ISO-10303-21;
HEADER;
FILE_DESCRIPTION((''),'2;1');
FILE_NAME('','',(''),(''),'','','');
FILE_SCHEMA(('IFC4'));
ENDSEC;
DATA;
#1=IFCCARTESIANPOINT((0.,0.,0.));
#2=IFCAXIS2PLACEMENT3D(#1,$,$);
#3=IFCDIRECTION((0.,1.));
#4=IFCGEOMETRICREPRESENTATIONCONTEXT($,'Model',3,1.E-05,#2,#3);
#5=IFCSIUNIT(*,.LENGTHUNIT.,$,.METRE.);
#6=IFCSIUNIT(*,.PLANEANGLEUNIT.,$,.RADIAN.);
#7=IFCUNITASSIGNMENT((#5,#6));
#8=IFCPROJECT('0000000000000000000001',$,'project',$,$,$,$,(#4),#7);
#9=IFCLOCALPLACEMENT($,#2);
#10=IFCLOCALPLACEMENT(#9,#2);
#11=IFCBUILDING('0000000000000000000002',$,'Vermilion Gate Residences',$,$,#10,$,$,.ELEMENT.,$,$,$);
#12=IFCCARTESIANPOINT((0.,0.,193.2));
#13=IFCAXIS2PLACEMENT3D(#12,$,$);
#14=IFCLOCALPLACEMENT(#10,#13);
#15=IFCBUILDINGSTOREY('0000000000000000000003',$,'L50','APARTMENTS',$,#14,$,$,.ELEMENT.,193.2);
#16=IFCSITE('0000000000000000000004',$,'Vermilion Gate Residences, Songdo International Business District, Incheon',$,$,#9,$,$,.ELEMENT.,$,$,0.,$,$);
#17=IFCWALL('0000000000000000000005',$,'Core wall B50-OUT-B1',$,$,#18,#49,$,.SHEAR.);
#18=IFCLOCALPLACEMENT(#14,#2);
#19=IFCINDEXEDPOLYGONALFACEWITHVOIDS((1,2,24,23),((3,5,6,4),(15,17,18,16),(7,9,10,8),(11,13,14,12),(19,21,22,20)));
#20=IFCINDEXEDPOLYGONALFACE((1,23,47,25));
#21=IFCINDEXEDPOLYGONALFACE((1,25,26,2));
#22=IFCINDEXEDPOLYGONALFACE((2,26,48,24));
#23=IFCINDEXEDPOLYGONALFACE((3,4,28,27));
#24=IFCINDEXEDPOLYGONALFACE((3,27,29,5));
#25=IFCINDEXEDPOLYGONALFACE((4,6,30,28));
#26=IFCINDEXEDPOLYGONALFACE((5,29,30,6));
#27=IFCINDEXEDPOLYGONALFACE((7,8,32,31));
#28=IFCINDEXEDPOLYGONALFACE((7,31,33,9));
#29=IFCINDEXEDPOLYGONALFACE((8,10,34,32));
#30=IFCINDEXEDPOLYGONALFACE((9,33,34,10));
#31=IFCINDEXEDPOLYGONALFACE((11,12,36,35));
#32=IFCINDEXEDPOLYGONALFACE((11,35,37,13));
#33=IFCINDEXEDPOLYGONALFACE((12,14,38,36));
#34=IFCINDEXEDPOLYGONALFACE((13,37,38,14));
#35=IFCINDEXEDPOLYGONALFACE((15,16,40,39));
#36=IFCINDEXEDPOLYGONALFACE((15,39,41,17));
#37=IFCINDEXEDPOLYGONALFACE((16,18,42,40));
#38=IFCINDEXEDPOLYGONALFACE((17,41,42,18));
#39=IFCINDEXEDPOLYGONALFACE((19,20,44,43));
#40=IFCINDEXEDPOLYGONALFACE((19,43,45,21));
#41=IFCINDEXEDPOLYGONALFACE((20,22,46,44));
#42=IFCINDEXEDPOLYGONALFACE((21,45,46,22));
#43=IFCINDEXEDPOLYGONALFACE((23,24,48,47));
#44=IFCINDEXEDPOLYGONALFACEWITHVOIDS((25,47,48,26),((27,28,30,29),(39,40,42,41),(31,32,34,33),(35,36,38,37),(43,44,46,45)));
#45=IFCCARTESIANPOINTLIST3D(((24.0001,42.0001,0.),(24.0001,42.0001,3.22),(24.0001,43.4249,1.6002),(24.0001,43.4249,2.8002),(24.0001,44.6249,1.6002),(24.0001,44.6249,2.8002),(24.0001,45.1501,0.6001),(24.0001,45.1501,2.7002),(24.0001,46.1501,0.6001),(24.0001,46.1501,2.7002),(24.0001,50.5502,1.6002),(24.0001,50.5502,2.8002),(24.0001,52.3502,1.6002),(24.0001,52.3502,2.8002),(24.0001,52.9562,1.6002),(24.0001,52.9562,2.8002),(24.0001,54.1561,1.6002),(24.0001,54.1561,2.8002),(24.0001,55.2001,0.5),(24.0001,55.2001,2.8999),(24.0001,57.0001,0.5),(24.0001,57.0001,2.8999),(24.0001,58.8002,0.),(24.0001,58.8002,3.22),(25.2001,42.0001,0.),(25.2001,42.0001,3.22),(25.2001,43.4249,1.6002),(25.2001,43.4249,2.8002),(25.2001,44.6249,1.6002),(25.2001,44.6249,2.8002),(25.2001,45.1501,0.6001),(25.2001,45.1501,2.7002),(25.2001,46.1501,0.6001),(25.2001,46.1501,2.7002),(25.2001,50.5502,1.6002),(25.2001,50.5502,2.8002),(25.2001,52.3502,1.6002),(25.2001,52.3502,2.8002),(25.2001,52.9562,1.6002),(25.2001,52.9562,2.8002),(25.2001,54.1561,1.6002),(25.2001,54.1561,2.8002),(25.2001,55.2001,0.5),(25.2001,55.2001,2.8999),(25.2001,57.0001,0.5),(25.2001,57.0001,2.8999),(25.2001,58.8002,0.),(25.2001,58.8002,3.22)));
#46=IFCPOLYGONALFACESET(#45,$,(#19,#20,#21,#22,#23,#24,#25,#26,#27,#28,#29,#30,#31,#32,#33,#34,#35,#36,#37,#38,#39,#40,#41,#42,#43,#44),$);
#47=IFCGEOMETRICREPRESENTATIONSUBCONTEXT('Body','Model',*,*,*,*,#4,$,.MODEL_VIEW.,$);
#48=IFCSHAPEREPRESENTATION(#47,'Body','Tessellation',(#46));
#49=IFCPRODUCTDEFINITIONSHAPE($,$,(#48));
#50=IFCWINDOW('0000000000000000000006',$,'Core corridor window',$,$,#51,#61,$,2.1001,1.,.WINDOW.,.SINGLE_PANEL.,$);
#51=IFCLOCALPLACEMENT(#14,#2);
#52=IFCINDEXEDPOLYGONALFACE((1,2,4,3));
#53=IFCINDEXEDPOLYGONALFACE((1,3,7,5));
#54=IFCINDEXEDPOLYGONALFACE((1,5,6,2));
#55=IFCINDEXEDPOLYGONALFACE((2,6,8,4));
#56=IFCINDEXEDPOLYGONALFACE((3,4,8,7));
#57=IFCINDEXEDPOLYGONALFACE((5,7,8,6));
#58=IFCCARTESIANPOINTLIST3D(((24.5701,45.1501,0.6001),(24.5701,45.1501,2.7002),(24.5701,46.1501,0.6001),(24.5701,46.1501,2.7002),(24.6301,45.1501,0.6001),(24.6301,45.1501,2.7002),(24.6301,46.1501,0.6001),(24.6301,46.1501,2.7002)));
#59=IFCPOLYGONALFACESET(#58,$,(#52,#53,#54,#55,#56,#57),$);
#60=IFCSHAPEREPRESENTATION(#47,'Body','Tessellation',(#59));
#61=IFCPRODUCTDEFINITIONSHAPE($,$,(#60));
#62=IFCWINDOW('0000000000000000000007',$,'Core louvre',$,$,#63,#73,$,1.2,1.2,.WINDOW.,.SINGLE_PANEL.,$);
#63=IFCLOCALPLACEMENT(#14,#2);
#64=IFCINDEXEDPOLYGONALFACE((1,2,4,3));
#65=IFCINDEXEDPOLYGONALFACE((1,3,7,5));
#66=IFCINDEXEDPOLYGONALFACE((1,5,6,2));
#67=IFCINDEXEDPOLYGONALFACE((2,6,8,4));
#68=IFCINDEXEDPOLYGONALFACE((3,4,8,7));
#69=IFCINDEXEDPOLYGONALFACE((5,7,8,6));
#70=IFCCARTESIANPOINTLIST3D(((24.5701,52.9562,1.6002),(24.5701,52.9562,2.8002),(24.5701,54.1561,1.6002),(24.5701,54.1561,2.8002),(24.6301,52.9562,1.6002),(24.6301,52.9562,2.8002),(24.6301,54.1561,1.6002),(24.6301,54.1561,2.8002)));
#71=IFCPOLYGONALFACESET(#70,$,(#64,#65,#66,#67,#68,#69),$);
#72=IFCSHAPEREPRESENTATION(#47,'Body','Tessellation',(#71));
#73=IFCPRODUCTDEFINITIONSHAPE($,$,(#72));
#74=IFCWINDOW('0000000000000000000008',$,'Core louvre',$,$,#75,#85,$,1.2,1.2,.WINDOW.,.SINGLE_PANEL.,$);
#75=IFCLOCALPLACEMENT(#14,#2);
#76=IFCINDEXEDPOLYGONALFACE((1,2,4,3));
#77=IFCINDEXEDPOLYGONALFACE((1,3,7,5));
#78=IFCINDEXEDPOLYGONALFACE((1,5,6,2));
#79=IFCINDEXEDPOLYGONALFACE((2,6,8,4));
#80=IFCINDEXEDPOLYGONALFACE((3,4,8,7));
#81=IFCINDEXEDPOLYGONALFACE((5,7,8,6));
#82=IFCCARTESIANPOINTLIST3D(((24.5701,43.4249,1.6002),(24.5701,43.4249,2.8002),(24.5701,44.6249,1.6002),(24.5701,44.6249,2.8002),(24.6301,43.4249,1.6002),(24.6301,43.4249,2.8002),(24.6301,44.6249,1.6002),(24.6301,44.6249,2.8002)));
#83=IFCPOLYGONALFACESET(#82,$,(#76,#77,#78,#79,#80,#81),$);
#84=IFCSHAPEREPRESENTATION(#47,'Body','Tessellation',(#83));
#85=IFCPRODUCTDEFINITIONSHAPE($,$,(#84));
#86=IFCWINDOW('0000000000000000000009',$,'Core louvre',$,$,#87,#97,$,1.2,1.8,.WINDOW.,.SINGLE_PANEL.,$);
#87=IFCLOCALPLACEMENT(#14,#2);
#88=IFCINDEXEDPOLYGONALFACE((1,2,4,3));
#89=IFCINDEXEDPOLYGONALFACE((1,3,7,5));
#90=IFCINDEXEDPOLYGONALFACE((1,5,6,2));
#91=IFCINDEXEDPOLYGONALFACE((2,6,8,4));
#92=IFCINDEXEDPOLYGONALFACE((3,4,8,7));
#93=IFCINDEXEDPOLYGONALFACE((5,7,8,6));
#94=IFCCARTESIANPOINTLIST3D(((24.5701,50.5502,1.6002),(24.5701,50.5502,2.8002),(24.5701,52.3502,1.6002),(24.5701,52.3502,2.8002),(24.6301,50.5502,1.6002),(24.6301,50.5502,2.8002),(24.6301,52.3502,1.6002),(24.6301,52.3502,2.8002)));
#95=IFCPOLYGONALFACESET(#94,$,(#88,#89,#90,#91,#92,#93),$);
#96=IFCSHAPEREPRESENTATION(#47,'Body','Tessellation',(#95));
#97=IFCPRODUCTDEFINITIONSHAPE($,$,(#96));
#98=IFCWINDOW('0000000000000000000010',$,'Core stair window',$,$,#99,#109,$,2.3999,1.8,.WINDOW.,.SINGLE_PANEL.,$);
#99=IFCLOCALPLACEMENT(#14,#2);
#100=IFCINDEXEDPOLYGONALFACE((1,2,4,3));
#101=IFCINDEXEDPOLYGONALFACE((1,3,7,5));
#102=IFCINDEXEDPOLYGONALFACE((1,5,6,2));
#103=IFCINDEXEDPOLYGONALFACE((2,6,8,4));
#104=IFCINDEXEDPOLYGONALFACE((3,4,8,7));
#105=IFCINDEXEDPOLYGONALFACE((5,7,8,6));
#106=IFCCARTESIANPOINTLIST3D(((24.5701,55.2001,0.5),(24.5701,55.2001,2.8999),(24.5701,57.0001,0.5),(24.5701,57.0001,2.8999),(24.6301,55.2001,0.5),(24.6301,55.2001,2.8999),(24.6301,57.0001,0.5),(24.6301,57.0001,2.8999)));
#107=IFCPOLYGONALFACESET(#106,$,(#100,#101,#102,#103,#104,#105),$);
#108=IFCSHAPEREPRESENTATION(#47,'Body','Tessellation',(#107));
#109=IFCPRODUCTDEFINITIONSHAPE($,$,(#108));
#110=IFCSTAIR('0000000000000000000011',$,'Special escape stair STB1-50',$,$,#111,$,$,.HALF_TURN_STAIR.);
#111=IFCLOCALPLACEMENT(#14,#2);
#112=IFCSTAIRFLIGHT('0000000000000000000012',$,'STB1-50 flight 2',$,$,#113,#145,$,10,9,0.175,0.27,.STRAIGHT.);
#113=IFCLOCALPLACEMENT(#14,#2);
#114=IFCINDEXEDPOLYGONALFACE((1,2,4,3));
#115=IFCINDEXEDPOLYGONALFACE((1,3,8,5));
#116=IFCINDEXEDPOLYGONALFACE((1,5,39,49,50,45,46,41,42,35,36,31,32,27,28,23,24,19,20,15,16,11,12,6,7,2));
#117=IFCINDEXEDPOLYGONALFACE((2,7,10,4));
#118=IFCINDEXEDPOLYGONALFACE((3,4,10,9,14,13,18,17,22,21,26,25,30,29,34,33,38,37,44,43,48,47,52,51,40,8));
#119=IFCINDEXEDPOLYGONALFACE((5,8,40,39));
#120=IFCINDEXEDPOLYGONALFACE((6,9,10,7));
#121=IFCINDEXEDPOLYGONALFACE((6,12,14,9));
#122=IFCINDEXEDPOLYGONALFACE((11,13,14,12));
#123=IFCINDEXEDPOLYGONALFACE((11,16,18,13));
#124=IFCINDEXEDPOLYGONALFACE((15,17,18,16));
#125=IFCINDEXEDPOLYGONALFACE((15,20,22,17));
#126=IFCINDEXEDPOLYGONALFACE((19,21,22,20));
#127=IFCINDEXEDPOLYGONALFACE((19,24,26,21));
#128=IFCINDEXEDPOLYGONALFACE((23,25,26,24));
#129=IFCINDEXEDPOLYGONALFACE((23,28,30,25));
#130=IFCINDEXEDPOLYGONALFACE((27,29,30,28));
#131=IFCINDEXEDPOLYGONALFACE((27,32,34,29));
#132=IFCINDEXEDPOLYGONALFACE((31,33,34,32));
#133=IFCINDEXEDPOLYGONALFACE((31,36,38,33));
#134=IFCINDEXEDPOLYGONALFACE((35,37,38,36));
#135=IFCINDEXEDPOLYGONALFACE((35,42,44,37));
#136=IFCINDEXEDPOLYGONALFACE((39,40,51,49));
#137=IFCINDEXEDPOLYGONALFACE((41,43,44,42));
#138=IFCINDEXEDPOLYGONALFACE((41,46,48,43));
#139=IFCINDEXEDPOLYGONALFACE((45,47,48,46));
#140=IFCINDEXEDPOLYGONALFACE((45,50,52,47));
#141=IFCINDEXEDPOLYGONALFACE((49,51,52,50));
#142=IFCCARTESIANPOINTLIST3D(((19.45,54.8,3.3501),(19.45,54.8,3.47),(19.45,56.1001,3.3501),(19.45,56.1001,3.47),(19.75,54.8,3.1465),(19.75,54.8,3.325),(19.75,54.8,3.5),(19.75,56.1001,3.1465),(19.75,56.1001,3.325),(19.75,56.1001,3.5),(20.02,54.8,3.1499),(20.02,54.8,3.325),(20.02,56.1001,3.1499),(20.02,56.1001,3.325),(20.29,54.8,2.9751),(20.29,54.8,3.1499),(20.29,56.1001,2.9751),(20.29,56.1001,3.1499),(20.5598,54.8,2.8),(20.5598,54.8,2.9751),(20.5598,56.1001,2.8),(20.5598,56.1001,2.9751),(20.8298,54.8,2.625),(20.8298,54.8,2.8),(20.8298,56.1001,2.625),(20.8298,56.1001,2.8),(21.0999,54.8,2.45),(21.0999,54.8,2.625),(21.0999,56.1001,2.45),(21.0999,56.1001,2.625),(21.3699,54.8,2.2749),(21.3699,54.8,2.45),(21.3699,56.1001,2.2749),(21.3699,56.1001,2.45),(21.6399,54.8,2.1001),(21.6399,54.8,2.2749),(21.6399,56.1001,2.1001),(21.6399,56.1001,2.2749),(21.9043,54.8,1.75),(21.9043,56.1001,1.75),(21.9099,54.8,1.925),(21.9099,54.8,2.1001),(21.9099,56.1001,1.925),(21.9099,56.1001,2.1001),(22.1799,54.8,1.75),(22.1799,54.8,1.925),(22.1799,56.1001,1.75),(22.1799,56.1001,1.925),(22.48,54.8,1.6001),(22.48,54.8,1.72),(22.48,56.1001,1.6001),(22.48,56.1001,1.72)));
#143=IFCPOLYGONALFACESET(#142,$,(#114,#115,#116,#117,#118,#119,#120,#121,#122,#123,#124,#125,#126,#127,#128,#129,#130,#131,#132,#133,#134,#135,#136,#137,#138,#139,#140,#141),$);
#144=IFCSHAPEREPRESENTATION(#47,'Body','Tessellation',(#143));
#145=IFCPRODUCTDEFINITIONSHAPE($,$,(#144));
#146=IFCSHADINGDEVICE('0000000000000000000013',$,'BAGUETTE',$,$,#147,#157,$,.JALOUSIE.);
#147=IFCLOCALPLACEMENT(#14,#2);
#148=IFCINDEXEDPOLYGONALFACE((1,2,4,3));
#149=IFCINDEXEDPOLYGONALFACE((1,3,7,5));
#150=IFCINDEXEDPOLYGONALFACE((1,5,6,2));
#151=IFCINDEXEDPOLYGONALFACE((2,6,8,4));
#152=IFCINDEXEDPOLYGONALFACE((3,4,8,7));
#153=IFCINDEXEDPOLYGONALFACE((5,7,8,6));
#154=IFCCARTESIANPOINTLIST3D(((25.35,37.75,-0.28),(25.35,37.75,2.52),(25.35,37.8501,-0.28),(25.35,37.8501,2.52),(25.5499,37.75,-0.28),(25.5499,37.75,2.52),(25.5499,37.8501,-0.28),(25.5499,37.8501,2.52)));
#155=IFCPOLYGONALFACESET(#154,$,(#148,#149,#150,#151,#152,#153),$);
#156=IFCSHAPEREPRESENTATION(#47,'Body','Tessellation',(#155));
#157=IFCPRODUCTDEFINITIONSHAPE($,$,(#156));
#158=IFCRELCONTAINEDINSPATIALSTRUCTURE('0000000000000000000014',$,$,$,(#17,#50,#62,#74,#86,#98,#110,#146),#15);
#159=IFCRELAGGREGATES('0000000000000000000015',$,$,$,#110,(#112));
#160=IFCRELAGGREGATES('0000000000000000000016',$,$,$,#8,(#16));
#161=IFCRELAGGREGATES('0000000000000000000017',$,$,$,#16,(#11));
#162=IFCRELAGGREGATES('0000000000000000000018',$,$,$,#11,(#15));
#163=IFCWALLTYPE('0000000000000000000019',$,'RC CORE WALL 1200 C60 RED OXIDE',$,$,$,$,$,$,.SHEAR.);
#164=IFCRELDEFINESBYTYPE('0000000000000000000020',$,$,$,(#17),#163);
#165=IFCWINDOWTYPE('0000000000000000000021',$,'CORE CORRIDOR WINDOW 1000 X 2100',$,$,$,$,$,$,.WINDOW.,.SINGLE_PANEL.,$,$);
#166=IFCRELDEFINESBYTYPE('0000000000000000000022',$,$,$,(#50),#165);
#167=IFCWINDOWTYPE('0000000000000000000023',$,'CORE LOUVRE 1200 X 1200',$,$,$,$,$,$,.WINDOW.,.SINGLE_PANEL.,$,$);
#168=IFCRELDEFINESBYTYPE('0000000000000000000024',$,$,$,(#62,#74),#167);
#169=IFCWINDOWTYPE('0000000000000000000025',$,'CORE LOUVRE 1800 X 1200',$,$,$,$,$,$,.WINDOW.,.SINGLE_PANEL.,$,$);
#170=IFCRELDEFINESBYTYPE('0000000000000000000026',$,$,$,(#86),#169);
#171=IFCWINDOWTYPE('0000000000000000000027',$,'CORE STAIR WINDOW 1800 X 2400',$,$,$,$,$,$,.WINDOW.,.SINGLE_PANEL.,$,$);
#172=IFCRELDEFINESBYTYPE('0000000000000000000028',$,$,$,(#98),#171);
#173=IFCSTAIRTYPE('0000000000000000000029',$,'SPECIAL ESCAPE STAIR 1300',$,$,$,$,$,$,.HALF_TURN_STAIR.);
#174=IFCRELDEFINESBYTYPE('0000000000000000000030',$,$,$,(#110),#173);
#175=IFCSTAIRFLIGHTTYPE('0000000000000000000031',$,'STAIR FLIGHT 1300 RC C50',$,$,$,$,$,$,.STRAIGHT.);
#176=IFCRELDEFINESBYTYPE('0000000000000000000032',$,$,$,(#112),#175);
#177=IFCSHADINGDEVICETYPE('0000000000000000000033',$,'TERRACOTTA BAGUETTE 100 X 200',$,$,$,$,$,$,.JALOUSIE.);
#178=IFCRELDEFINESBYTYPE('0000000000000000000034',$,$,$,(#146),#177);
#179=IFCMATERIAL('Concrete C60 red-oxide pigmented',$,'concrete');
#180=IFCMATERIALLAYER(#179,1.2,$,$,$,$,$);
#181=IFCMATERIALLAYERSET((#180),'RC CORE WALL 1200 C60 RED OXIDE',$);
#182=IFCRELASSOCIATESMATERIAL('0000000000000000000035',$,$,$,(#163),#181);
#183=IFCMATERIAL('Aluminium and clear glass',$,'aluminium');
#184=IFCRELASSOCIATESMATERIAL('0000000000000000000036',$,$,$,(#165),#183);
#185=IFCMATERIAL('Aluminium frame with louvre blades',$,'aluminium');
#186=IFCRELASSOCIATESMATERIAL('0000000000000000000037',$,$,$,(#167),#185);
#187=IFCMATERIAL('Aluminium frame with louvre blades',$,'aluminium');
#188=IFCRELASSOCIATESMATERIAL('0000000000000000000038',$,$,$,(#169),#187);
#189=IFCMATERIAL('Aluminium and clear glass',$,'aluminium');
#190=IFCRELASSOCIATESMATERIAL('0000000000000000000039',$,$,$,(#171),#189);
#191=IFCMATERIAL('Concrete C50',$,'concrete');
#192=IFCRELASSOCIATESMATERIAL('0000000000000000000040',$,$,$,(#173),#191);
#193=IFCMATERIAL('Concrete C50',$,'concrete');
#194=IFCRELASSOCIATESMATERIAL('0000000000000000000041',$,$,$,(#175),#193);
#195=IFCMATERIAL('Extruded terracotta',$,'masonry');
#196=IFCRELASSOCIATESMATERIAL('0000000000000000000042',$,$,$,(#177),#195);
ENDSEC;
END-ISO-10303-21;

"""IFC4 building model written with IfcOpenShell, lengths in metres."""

from ifc_helpers import new_model, si_unit, direction, frame, frame_2d, origin, origin_2d, place, context, subcontext, project, spatial, polyline, rectangle, outline, extrude, material, layer, layer_set, material_profile, profile_set, type_object, element, fill, aggregate, save


model = new_model("IFC4")

# Units and contexts
model_context = context("Model", 3, precision=1e-05, world=origin(), true_north=direction((0.0, 1.0)))
body_context = subcontext(model_context, "Body", "Model", "MODEL_VIEW")
ifc_project = project(units=[si_unit("LENGTHUNIT", "METRE"), si_unit("PLANEANGLEUNIT", "RADIAN")], contexts=[model_context])

# Site, building, storey
site_placement = place(None, origin())
site = spatial("IfcSite", under=ifc_project, at=site_placement, Name="Vermilion Gate Residences, Songdo International Business District, Incheon", CompositionType="ELEMENT", RefElevation=0.0)
building_placement = place(site_placement, origin())
building = spatial("IfcBuilding", under=site, at=building_placement, Name="Vermilion Gate Residences", CompositionType="ELEMENT")
storey_placement = place(building_placement, frame((0.0, 0.0, 193.2)))
storey = spatial("IfcBuildingStorey", under=building, at=storey_placement, Name="L50", Description="APARTMENTS", CompositionType="ELEMENT", Elevation=193.2)

# Wall, openings, windows
ifc_material_1 = material(Name="Concrete C60 red-oxide pigmented", Category="concrete")
ifc_layer_1 = layer(ifc_material_1, 1.2)
ifc_layer_set_1 = layer_set([ifc_layer_1], Name="RC CORE WALL 1200 C60 RED OXIDE")
wall_type_1 = type_object("IfcWallType", Name="RC CORE WALL 1200 C60 RED OXIDE", PredefinedType="SHEAR", material=ifc_layer_set_1)
wall_1_placement = place(storey_placement, frame((24.6001, 58.8, 0.0), z_axis=(0.0, 0.0, 1.0), x_axis=(0.0, -1.0, 0.0)))
wall_1 = element("IfcWall", 1, at=wall_1_placement, inside=storey, type_object=wall_type_1, Name="Core wall B50-OUT-B1", PredefinedType="SHEAR", context=body_context, shape_type="SweptSolid", body=[
    extrude(rectangle(XDim=16.8, YDim=1.2, at=frame_2d((8.3999, 0.0))), origin(), (0.0, 0.0, 1.0), 3.22),
])
opening_1_placement = place(wall_1_placement, frame((1.8, 0.0, 0.5)))
opening_1 = element("IfcOpeningElement", 2, at=opening_1_placement, cuts=wall_1, PredefinedType="OPENING", context=body_context, shape_type="SweptSolid", body=[
    extrude(rectangle(XDim=1.8, YDim=2.3999, at=frame_2d((0.8999, 1.2))), frame((0.0, 0.6099, 0.0), z_axis=(0.0, -1.0, 0.0), x_axis=(1.0, 0.0, 0.0)), (0.0, 0.0, 1.0), 1.22),
])
opening_2_placement = place(wall_1_placement, frame((4.6438, 0.0, 1.6001)))
opening_2 = element("IfcOpeningElement", 3, at=opening_2_placement, cuts=wall_1, PredefinedType="OPENING", context=body_context, shape_type="SweptSolid", body=[
    extrude(rectangle(XDim=1.2, YDim=1.2, at=frame_2d((0.6001, 0.6001))), frame((0.0, 0.6099, 0.0), z_axis=(0.0, -1.0, 0.0), x_axis=(1.0, 0.0, 0.0)), (0.0, 0.0, 1.0), 1.22),
])
opening_3_placement = place(wall_1_placement, frame((6.45, 0.0, 1.6001)))
opening_3 = element("IfcOpeningElement", 4, at=opening_3_placement, cuts=wall_1, PredefinedType="OPENING", context=body_context, shape_type="SweptSolid", body=[
    extrude(rectangle(XDim=1.8, YDim=1.2, at=frame_2d((0.8999, 0.6001))), frame((0.0, 0.6099, 0.0), z_axis=(0.0, -1.0, 0.0), x_axis=(1.0, 0.0, 0.0)), (0.0, 0.0, 1.0), 1.22),
])
opening_4_placement = place(wall_1_placement, frame((12.6499, 0.0, 0.6001)))
opening_4 = element("IfcOpeningElement", 5, at=opening_4_placement, cuts=wall_1, PredefinedType="OPENING", context=body_context, shape_type="SweptSolid", body=[
    extrude(rectangle(XDim=1.0, YDim=2.1001, at=frame_2d((0.5, 1.05))), frame((0.0, 0.6099, 0.0), z_axis=(0.0, -1.0, 0.0), x_axis=(1.0, 0.0, 0.0)), (0.0, 0.0, 1.0), 1.22),
])
opening_5_placement = place(wall_1_placement, frame((14.175, 0.0, 1.6001)))
opening_5 = element("IfcOpeningElement", 6, at=opening_5_placement, cuts=wall_1, PredefinedType="OPENING", context=body_context, shape_type="SweptSolid", body=[
    extrude(rectangle(XDim=1.2, YDim=1.2, at=frame_2d((0.6001, 0.6001))), frame((0.0, 0.6099, 0.0), z_axis=(0.0, -1.0, 0.0), x_axis=(1.0, 0.0, 0.0)), (0.0, 0.0, 1.0), 1.22),
])
ifc_material_2 = material(Name="Aluminium and clear glass", Category="aluminium")
window_type_1 = type_object("IfcWindowType", Name="CORE CORRIDOR WINDOW 1000 X 2100", PartitioningType="SINGLE_PANEL", PredefinedType="WINDOW", material=ifc_material_2)
window_1_placement = place(opening_4_placement, origin())
window_1 = element("IfcWindow", 7, at=window_1_placement, inside=storey, type_object=window_type_1, Name="Core corridor window", OverallHeight=2.1001, OverallWidth=1.0, PartitioningType="SINGLE_PANEL", PredefinedType="WINDOW", context=body_context, shape_type="SweptSolid", body=[
    extrude(rectangle(XDim=1.0, YDim=2.1001, at=frame_2d((0.5, 1.05))), frame((0.0, 0.03, 0.0), z_axis=(0.0, -1.0, 0.0), x_axis=(1.0, 0.0, 0.0)), (0.0, 0.0, 1.0), 0.0601),
])
fill(opening_4, window_1)
ifc_material_3 = material(Name="Aluminium frame with louvre blades", Category="aluminium")
window_type_2 = type_object("IfcWindowType", Name="CORE LOUVRE 1200 X 1200", PartitioningType="SINGLE_PANEL", PredefinedType="WINDOW", material=ifc_material_3)
window_2_placement = place(opening_2_placement, origin())
window_2 = element("IfcWindow", 8, at=window_2_placement, inside=storey, type_object=window_type_2, Name="Core louvre", OverallHeight=1.2, OverallWidth=1.2, PartitioningType="SINGLE_PANEL", PredefinedType="WINDOW", context=body_context, shape_type="SweptSolid", body=[
    extrude(rectangle(XDim=1.2, YDim=1.2, at=frame_2d((0.6001, 0.6001))), frame((0.0, 0.03, 0.0), z_axis=(0.0, -1.0, 0.0), x_axis=(1.0, 0.0, 0.0)), (0.0, 0.0, 1.0), 0.0601),
])
fill(opening_2, window_2)
window_3_placement = place(opening_5_placement, origin())
window_3 = element("IfcWindow", 9, at=window_3_placement, inside=storey, type_object=window_type_2, Name="Core louvre", OverallHeight=1.2, OverallWidth=1.2, PartitioningType="SINGLE_PANEL", PredefinedType="WINDOW", context=body_context, shape_type="SweptSolid", body=[
    extrude(rectangle(XDim=1.2, YDim=1.2, at=frame_2d((0.6001, 0.6001))), frame((0.0, 0.03, 0.0), z_axis=(0.0, -1.0, 0.0), x_axis=(1.0, 0.0, 0.0)), (0.0, 0.0, 1.0), 0.0601),
])
fill(opening_5, window_3)
ifc_material_4 = material(Name="Aluminium frame with louvre blades", Category="aluminium")
window_type_3 = type_object("IfcWindowType", Name="CORE LOUVRE 1800 X 1200", PartitioningType="SINGLE_PANEL", PredefinedType="WINDOW", material=ifc_material_4)
window_4_placement = place(opening_3_placement, origin())
window_4 = element("IfcWindow", 10, at=window_4_placement, inside=storey, type_object=window_type_3, Name="Core louvre", OverallHeight=1.2, OverallWidth=1.8, PartitioningType="SINGLE_PANEL", PredefinedType="WINDOW", context=body_context, shape_type="SweptSolid", body=[
    extrude(rectangle(XDim=1.8, YDim=1.2, at=frame_2d((0.8999, 0.6001))), frame((0.0, 0.03, 0.0), z_axis=(0.0, -1.0, 0.0), x_axis=(1.0, 0.0, 0.0)), (0.0, 0.0, 1.0), 0.0601),
])
fill(opening_3, window_4)
ifc_material_5 = material(Name="Aluminium and clear glass", Category="aluminium")
window_type_4 = type_object("IfcWindowType", Name="CORE STAIR WINDOW 1800 X 2400", PartitioningType="SINGLE_PANEL", PredefinedType="WINDOW", material=ifc_material_5)
window_5_placement = place(opening_1_placement, origin())
window_5 = element("IfcWindow", 11, at=window_5_placement, inside=storey, type_object=window_type_4, Name="Core stair window", OverallHeight=2.3999, OverallWidth=1.8, PartitioningType="SINGLE_PANEL", PredefinedType="WINDOW", context=body_context, shape_type="SweptSolid", body=[
    extrude(rectangle(XDim=1.8, YDim=2.3999, at=frame_2d((0.8999, 1.2))), frame((0.0, 0.03, 0.0), z_axis=(0.0, -1.0, 0.0), x_axis=(1.0, 0.0, 0.0)), (0.0, 0.0, 1.0), 0.0601),
])
fill(opening_1, window_5)

# Stair, stair flight
ifc_material_6 = material(Name="Concrete C50", Category="concrete")
stair_type = type_object("IfcStairType", Name="SPECIAL ESCAPE STAIR 1300", PredefinedType="HALF_TURN_STAIR", material=ifc_material_6)
stair_placement = place(storey_placement, origin())
stair = element("IfcStair", 12, at=stair_placement, inside=storey, type_object=stair_type, Name="Special escape stair STB1-50", PredefinedType="HALF_TURN_STAIR")
ifc_material_7 = material(Name="Concrete C50", Category="concrete")
stair_flight_type = type_object("IfcStairFlightType", Name="STAIR FLIGHT 1300 RC C50", PredefinedType="STRAIGHT", material=ifc_material_7)
stair_flight_placement = place(storey_placement, frame((22.1799, 55.45, 1.75), z_axis=(0.0, 0.0, 1.0), x_axis=(-1.0, 0.0, 0.0)))
stair_flight = element("IfcStairFlight", 13, at=stair_flight_placement, type_object=stair_flight_type, Name="STB1-50 flight 2", NumberOfRisers=10, NumberOfTreads=9, PredefinedType="STRAIGHT", RiserHeight=0.175, TreadLength=0.27, context=body_context, shape_type="SweptSolid", body=[
    extrude(outline(polyline([(-0.3, -0.1499), (-0.3, -0.03), (0.0, 0.0), (0.0, 0.175), (0.27, 0.175), (0.27, 0.3501), (0.54, 0.3501), (0.54, 0.5249), (0.8101, 0.5249), (0.8101, 0.7), (1.0801, 0.7), (1.0801, 0.875), (1.3501, 0.875), (1.3501, 1.05), (1.6201, 1.05), (1.6201, 1.2251), (1.8899, 1.2251), (1.8899, 1.3999), (2.1599, 1.3999), (2.1599, 1.575), (2.4299, 1.575), (2.4299, 1.75), (2.73, 1.72), (2.73, 1.6001), (2.4299, 1.3965), (0.2756, 0.0), (-0.3, -0.1499)])), frame((0.0, 0.6499, 0.0), z_axis=(0.0, -1.0, 0.0), x_axis=(1.0, 0.0, 0.0)), (0.0, 0.0, 1.0), 1.3),
])
aggregate(stair, [stair_flight])

# Shading device
ifc_material_8 = material(Name="Extruded terracotta", Category="masonry")
ifc_material_profile_1 = material_profile(ifc_material_8, rectangle(XDim=0.2, YDim=0.1001, at=origin_2d()), Name="BAGUETTE 100 X 200")
ifc_profile_set_1 = profile_set([ifc_material_profile_1], Name="Extruded terracotta")
shading_device_type_1 = type_object("IfcShadingDeviceType", Name="TERRACOTTA BAGUETTE 100 X 200", PredefinedType="JALOUSIE", material=ifc_profile_set_1)
shading_device_1_placement = place(storey_placement, frame((25.45, 37.8, -0.28), z_axis=(0.0, 0.0, 1.0), x_axis=(-1.0, 0.0, 0.0)))
element("IfcShadingDevice", 14, at=shading_device_1_placement, inside=storey, type_object=shading_device_type_1, Name="BAGUETTE", PredefinedType="JALOUSIE", context=body_context, shape_type="SweptSolid", body=[
    extrude(rectangle(XDim=0.2, YDim=0.1001, at=origin_2d()), origin(), (0.0, 0.0, 1.0), 2.8),
])

save(model, "model.ifc")
